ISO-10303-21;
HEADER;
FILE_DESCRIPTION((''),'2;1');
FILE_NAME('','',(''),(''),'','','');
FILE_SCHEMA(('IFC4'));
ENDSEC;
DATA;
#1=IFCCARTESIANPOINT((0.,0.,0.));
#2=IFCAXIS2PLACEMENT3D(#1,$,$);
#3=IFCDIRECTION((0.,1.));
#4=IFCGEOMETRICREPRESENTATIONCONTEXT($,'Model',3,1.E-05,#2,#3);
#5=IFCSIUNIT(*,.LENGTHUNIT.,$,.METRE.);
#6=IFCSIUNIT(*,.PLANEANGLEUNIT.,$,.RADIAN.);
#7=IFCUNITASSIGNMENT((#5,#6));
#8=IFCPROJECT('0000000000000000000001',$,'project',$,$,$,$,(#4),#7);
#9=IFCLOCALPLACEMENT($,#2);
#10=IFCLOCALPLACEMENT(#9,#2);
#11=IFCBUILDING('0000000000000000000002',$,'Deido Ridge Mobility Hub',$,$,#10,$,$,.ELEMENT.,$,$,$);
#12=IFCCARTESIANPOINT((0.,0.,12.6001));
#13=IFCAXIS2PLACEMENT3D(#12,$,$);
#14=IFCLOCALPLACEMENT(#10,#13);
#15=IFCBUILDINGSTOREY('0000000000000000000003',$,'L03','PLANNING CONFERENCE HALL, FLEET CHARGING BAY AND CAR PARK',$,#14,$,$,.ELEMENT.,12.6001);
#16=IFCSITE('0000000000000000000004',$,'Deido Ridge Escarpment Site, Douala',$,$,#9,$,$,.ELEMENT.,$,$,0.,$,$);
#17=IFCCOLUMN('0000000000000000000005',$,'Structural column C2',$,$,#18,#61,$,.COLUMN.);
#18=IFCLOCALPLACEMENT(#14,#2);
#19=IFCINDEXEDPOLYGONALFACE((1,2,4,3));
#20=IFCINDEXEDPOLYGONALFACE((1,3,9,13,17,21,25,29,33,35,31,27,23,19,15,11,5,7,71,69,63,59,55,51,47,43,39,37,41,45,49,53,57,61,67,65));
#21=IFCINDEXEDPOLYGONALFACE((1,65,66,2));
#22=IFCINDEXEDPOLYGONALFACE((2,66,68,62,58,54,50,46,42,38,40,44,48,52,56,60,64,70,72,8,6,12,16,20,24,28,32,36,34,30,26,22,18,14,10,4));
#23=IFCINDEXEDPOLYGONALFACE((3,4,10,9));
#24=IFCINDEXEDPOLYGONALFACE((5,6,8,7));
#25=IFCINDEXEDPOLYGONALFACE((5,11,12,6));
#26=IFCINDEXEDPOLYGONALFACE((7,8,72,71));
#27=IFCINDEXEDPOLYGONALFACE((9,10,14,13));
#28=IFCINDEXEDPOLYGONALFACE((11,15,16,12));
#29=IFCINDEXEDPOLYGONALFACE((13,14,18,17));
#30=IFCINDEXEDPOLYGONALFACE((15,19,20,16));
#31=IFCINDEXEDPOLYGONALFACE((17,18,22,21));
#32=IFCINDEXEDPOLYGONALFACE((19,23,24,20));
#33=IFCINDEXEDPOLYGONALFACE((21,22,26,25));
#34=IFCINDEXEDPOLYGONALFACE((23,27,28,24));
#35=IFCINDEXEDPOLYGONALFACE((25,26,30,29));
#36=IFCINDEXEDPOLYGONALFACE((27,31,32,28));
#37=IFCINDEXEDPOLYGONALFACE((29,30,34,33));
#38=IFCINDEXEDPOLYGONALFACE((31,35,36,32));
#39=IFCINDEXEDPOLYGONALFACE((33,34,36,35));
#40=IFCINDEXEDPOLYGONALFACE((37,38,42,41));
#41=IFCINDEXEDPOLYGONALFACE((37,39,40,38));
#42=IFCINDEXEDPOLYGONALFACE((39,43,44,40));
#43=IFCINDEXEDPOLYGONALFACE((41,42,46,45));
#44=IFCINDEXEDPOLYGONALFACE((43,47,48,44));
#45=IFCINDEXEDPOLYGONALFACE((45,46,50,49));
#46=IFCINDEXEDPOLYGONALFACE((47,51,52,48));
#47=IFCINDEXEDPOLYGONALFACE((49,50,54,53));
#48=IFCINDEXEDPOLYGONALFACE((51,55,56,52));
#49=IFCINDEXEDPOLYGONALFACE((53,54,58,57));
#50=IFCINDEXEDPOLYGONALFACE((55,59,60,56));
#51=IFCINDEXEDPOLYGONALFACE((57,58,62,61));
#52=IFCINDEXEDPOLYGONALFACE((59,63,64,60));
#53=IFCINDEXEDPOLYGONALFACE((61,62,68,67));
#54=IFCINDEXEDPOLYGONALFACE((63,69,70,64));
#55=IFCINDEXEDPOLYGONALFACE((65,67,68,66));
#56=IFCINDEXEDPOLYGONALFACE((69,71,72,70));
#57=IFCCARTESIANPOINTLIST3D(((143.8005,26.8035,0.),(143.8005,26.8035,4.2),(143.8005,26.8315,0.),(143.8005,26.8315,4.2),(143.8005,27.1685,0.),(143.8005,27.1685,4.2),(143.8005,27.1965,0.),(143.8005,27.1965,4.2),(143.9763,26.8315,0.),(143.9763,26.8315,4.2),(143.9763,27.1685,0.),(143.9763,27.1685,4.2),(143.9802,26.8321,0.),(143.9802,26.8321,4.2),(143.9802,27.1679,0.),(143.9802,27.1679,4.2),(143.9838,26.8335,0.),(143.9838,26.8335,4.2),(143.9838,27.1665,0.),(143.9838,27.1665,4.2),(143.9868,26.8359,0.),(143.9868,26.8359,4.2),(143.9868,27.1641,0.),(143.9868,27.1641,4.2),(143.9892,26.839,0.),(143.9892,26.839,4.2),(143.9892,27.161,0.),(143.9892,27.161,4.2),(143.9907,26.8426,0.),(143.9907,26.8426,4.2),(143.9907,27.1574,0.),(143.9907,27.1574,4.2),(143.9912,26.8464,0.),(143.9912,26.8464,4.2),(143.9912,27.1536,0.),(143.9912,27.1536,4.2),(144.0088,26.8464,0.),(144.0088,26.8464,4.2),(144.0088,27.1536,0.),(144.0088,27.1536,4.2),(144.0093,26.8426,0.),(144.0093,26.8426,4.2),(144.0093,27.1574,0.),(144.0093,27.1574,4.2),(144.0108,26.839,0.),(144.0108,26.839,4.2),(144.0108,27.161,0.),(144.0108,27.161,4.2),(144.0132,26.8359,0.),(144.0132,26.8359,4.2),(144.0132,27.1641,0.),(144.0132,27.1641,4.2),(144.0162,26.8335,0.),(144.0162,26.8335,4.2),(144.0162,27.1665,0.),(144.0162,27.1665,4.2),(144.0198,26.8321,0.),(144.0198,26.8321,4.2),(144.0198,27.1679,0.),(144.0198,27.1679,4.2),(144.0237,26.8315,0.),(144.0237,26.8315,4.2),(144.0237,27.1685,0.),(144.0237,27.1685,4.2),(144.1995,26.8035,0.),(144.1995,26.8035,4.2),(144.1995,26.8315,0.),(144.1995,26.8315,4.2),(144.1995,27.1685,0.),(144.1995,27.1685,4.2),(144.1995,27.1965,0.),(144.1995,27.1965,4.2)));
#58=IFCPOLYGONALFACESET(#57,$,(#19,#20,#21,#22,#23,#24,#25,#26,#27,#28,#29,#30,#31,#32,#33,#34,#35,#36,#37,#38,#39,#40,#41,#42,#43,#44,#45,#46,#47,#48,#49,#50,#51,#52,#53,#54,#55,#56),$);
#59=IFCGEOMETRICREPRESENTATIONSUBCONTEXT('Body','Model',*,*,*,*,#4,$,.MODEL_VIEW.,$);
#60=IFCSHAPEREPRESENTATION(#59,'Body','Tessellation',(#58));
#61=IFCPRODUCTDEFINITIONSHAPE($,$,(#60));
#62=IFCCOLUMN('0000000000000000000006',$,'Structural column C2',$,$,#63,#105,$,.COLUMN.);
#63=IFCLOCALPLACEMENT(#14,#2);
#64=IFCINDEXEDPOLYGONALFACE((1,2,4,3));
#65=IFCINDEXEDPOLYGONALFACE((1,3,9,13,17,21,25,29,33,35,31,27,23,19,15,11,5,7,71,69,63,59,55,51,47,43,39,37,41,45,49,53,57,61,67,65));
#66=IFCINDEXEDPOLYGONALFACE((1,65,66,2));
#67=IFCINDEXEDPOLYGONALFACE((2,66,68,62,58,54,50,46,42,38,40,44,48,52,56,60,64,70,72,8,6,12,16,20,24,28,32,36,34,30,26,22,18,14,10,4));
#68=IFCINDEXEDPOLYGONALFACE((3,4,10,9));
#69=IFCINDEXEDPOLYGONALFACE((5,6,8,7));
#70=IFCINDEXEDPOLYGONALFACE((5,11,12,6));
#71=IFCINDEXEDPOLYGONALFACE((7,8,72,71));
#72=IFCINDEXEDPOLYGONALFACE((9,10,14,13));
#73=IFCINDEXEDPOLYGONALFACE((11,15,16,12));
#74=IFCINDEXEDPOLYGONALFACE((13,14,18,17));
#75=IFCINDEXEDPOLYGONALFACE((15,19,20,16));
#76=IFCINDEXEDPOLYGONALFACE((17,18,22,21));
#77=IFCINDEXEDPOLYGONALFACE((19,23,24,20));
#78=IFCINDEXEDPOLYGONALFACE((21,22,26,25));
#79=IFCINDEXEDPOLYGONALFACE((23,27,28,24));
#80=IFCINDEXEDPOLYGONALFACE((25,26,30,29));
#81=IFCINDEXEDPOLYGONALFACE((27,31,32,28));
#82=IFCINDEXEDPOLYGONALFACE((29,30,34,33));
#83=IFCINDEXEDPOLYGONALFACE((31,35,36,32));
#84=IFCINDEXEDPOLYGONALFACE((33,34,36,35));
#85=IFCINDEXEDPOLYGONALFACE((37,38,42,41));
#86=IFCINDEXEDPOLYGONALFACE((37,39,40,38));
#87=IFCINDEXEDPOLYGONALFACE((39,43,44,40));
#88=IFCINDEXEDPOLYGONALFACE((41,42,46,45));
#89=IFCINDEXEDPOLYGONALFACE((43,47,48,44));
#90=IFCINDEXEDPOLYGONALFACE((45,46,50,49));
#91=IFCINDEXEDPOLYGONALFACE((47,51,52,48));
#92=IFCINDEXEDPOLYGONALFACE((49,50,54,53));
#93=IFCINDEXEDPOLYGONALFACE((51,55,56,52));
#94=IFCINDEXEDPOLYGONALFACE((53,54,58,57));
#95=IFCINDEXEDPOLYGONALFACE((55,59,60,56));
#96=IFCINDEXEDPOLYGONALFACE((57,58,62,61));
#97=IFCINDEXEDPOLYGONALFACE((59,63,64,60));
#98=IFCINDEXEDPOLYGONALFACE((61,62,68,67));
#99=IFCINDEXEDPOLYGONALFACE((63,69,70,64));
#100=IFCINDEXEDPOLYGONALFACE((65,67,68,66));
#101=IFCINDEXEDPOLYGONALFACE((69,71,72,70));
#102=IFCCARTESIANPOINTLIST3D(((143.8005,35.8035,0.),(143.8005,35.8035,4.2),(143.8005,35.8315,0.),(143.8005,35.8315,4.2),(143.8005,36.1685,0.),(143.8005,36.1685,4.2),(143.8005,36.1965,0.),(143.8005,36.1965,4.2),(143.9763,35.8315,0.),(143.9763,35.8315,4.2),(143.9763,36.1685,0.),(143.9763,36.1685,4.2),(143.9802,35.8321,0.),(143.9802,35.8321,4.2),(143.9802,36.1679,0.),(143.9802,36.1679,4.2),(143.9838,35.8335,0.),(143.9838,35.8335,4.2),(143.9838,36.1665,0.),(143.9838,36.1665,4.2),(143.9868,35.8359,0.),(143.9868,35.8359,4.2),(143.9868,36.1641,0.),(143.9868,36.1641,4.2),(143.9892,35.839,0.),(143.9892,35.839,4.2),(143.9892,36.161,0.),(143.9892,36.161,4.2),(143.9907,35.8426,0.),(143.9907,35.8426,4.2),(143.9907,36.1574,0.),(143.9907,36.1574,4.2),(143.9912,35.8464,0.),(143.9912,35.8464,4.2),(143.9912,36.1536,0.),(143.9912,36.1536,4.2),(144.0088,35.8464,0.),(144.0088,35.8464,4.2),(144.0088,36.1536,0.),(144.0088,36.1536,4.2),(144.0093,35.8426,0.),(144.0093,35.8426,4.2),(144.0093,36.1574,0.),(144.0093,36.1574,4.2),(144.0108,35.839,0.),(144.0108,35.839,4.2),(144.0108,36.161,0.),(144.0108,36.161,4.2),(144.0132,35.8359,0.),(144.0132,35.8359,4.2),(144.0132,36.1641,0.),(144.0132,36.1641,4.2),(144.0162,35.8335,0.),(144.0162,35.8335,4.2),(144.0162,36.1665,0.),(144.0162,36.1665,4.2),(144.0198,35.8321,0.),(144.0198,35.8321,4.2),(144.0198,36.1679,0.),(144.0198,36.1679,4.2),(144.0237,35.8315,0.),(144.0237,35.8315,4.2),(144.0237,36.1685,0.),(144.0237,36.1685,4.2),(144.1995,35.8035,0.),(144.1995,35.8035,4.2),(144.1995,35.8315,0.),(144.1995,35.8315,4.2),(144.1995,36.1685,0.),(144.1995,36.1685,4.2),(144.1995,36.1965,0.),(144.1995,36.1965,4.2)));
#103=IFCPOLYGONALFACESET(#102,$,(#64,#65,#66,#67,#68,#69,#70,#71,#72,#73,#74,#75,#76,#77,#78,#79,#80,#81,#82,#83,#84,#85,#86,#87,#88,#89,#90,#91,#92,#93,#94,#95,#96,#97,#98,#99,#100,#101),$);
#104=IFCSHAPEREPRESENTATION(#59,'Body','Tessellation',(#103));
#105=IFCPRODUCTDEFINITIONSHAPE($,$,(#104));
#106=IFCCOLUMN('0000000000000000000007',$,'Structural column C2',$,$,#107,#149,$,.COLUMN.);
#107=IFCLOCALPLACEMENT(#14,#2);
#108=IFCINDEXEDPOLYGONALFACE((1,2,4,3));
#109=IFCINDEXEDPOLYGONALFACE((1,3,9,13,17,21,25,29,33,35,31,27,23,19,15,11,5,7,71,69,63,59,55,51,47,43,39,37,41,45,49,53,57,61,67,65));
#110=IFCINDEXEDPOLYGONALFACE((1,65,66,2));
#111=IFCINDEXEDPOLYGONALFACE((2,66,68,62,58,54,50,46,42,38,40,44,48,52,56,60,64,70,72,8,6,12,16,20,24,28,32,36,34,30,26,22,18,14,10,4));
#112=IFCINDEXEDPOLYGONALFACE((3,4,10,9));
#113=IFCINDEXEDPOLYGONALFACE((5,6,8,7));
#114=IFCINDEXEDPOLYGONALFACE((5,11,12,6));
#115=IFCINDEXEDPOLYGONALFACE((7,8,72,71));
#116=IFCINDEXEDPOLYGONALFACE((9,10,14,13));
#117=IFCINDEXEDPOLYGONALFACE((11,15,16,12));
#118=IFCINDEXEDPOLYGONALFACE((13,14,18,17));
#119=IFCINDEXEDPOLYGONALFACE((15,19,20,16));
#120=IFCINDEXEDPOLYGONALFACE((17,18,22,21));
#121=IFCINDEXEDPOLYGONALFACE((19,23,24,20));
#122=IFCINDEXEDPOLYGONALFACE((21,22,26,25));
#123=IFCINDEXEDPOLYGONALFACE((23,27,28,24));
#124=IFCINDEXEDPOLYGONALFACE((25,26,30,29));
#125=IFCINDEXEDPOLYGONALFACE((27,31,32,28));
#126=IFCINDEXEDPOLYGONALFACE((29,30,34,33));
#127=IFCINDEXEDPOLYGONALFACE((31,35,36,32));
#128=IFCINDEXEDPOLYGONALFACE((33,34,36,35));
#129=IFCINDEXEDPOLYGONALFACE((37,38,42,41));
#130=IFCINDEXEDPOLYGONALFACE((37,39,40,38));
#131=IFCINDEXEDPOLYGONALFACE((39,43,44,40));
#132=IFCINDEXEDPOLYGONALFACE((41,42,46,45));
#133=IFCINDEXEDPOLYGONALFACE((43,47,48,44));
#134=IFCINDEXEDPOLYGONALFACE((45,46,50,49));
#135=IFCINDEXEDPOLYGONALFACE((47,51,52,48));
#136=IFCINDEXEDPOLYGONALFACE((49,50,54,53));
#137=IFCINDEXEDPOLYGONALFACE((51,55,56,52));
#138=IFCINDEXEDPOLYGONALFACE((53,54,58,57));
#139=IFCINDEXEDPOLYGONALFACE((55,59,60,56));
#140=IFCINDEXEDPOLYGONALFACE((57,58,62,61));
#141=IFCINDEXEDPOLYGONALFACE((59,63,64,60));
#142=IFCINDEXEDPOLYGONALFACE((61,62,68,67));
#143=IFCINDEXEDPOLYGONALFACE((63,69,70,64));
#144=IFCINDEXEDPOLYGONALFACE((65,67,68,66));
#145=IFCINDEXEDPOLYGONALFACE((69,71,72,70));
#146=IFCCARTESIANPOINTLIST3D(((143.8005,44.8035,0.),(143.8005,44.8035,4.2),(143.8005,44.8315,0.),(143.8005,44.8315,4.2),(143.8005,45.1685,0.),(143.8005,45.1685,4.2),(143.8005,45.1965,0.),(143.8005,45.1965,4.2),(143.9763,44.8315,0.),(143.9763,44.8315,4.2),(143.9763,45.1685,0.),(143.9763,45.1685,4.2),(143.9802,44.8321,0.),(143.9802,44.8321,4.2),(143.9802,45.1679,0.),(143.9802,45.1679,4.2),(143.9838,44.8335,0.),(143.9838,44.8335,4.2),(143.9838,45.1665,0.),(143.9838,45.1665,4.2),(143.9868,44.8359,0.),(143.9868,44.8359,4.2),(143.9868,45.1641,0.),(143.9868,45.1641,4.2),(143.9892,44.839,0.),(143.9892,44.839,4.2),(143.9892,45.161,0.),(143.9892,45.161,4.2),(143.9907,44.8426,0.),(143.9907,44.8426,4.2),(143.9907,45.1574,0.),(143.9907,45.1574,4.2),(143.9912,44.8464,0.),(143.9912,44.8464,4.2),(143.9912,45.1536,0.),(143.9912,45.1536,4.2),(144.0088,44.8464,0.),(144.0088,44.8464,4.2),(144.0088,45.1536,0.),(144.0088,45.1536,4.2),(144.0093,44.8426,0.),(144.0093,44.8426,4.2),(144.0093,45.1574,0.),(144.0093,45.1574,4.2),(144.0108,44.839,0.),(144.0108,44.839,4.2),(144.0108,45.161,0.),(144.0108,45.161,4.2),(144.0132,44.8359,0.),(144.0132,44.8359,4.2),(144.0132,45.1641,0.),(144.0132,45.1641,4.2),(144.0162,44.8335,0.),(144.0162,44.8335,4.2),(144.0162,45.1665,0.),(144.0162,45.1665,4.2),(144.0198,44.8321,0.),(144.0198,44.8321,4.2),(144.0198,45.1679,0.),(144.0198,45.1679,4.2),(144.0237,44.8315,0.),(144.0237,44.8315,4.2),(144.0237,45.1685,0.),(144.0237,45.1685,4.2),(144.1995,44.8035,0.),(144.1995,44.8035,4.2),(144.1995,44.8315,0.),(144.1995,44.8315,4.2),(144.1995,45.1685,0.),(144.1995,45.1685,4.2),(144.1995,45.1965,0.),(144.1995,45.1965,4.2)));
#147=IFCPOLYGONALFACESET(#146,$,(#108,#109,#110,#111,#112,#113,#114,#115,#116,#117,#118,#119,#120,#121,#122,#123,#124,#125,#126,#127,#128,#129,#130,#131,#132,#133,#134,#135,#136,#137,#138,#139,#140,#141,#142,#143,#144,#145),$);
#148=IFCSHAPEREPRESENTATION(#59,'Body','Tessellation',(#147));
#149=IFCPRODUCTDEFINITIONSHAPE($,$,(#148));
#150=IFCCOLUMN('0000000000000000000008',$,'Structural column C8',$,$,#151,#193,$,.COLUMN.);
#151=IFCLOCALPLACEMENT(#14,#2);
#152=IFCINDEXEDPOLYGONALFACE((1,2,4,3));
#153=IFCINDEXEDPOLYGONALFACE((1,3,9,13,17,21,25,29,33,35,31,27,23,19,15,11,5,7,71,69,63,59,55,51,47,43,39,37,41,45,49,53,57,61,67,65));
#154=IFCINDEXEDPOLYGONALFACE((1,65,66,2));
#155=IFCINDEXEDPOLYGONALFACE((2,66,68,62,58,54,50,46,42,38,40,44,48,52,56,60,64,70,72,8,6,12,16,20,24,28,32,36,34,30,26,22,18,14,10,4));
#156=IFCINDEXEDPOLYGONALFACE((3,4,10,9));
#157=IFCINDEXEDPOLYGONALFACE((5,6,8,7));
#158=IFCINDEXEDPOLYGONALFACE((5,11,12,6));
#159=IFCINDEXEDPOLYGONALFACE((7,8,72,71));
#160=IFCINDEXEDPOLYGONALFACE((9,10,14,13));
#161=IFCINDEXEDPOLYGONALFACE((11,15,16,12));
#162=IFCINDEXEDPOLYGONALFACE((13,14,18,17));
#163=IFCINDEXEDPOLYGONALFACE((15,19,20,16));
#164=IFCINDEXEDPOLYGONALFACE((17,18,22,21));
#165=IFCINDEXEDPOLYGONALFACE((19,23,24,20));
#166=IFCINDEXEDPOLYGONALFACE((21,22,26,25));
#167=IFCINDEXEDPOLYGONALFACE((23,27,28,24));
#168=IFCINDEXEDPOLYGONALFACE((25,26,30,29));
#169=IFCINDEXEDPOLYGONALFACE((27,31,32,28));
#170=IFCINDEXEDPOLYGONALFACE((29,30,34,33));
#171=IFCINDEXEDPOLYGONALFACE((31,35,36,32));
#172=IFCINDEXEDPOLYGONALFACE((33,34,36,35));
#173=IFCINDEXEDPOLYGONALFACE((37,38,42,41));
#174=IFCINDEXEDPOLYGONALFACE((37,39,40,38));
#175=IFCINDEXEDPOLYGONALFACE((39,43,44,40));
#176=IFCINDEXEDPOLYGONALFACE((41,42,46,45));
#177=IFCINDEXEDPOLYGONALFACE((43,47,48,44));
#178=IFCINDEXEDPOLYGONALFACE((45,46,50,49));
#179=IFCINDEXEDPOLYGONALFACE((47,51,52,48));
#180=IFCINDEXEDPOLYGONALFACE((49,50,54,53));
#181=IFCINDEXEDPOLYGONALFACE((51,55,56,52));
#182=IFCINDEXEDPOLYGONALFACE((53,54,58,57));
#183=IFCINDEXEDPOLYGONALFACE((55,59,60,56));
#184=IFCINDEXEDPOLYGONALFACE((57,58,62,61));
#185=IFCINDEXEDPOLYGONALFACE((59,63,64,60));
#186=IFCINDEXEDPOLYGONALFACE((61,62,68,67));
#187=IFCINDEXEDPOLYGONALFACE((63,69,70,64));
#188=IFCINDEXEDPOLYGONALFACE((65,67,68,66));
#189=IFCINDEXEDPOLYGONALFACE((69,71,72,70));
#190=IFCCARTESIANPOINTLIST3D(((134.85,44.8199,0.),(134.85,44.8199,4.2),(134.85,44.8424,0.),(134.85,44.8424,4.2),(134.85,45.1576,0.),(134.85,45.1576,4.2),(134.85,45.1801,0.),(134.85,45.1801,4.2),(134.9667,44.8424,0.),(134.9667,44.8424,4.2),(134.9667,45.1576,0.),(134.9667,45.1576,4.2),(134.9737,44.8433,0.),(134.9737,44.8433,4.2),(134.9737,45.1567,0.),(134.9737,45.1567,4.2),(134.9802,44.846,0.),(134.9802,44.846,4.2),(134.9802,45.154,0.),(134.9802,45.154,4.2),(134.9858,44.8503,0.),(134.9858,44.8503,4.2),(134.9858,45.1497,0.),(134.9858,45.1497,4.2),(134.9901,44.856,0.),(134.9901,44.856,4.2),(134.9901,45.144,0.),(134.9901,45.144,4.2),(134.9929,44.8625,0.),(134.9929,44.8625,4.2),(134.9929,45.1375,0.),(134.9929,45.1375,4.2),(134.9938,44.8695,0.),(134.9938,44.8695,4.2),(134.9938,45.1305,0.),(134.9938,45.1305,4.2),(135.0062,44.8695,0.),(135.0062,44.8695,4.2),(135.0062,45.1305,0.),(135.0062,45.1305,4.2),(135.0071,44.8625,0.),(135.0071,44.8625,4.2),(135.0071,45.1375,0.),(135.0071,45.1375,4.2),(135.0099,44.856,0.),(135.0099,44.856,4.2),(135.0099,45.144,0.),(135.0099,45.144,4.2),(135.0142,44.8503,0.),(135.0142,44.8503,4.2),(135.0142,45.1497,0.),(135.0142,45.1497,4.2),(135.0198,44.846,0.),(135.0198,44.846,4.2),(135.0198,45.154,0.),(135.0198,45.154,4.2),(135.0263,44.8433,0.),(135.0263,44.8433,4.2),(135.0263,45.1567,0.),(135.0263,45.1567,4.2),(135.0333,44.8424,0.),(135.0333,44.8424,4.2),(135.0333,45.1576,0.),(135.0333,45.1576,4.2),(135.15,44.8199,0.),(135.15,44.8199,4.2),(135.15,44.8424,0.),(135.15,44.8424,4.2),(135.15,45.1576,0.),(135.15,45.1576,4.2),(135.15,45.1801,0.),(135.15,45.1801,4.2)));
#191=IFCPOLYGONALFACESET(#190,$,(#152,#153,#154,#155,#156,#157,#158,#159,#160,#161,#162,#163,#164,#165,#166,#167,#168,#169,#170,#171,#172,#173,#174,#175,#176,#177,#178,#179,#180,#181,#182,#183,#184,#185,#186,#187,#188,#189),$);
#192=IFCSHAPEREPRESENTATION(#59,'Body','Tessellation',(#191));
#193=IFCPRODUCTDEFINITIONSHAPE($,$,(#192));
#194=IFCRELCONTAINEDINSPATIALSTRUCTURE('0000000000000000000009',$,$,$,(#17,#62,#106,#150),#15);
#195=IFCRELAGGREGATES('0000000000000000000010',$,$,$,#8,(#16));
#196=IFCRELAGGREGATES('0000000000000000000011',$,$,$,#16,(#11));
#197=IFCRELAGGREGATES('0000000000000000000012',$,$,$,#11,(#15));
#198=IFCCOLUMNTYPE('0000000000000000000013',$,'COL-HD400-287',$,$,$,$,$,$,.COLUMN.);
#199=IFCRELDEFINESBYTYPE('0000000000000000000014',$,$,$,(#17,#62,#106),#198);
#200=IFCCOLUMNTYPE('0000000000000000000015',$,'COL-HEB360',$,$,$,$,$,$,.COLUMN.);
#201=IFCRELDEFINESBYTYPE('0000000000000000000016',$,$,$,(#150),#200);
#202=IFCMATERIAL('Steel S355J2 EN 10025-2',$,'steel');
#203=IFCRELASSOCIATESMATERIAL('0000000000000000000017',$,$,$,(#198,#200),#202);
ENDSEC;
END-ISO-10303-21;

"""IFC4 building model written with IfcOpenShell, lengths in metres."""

from ifc_helpers import new_model, si_unit, direction, frame, origin, origin_2d, place, context, subcontext, project, spatial, i_section, extrude, material, material_profile, profile_set, type_object, element, save


model = new_model("IFC4")

# Units and contexts
model_context = context("Model", 3, precision=1e-05, world=origin(), true_north=direction((0.0, 1.0)))
body_context = subcontext(model_context, "Body", "Model", "MODEL_VIEW")
ifc_project = project(units=[si_unit("LENGTHUNIT", "METRE"), si_unit("PLANEANGLEUNIT", "RADIAN")], contexts=[model_context])

# Site, building, storey
site_placement = place(None, origin())
site = spatial("IfcSite", under=ifc_project, at=site_placement, Name="Deido Ridge Escarpment Site, Douala", CompositionType="ELEMENT", RefElevation=0.0)
building_placement = place(site_placement, origin())
building = spatial("IfcBuilding", under=site, at=building_placement, Name="Deido Ridge Mobility Hub", CompositionType="ELEMENT")
storey_placement = place(building_placement, frame((0.0, 0.0, 12.6001)))
storey = spatial("IfcBuildingStorey", under=building, at=storey_placement, Name="L03", Description="PLANNING CONFERENCE HALL, FLEET CHARGING BAY AND CAR PARK", CompositionType="ELEMENT", Elevation=12.6001)

# Columns
ifc_material_1 = material(Name="Steel S355J2 EN 10025-2", Category="steel")
ifc_material_profile_1 = material_profile(ifc_material_1, i_section(OverallWidth=0.3989, OverallDepth=0.3931, WebThickness=0.0176, FlangeThickness=0.0281, FilletRadius=0.0149, at=origin_2d()), Name="HD 400x287")
ifc_profile_set_1 = profile_set([ifc_material_profile_1], Name="Steel S355J2 EN 10025-2")
column_type_1 = type_object("IfcColumnType", Name="COL-HD400-287", PredefinedType="COLUMN", material=ifc_profile_set_1)
for number, where, z_axis, x_axis, name in (
    (1, (144.0, 27.0, 0.0), (0.0, 0.0, 1.0), (1.0, 0.0, 0.0), "Structural column C2"),
    (2, (144.0, 36.0, 0.0), (0.0, 0.0, 1.0), (1.0, 0.0, 0.0), "Structural column C2"),
    (3, (144.0, 45.0, 0.0), (0.0, 0.0, 1.0), (1.0, 0.0, 0.0), "Structural column C2"),
):
    element("IfcColumn", number, at=place(storey_placement, frame(where, z_axis=z_axis, x_axis=x_axis)), inside=storey, type_object=column_type_1, Name=name, PredefinedType="COLUMN", context=body_context, shape_type="SweptSolid", body=[
        extrude(i_section(OverallWidth=0.3989, OverallDepth=0.3931, WebThickness=0.0176, FlangeThickness=0.0281, FilletRadius=0.0149, at=origin_2d()), origin(), (0.0, 0.0, 1.0), 4.2),
    ])
ifc_material_profile_2 = material_profile(ifc_material_1, i_section(OverallWidth=0.3, OverallDepth=0.3601, WebThickness=0.0125, FlangeThickness=0.0225, FilletRadius=0.0271, at=origin_2d()), Name="HEB 360")
ifc_profile_set_2 = profile_set([ifc_material_profile_2], Name="Steel S355J2 EN 10025-2")
column_type_2 = type_object("IfcColumnType", Name="COL-HEB360", PredefinedType="COLUMN", material=ifc_profile_set_2)
column_placement = place(storey_placement, frame((135.0, 45.0, 0.0), z_axis=(0.0, 0.0, 1.0), x_axis=(1.0, 0.0, 0.0)))
element("IfcColumn", 4, at=column_placement, inside=storey, type_object=column_type_2, Name="Structural column C8", PredefinedType="COLUMN", context=body_context, shape_type="SweptSolid", body=[
    extrude(i_section(OverallWidth=0.3, OverallDepth=0.3601, WebThickness=0.0125, FlangeThickness=0.0225, FilletRadius=0.0271, at=origin_2d()), origin(), (0.0, 0.0, 1.0), 4.2),
])

save(model, "model.ifc")
